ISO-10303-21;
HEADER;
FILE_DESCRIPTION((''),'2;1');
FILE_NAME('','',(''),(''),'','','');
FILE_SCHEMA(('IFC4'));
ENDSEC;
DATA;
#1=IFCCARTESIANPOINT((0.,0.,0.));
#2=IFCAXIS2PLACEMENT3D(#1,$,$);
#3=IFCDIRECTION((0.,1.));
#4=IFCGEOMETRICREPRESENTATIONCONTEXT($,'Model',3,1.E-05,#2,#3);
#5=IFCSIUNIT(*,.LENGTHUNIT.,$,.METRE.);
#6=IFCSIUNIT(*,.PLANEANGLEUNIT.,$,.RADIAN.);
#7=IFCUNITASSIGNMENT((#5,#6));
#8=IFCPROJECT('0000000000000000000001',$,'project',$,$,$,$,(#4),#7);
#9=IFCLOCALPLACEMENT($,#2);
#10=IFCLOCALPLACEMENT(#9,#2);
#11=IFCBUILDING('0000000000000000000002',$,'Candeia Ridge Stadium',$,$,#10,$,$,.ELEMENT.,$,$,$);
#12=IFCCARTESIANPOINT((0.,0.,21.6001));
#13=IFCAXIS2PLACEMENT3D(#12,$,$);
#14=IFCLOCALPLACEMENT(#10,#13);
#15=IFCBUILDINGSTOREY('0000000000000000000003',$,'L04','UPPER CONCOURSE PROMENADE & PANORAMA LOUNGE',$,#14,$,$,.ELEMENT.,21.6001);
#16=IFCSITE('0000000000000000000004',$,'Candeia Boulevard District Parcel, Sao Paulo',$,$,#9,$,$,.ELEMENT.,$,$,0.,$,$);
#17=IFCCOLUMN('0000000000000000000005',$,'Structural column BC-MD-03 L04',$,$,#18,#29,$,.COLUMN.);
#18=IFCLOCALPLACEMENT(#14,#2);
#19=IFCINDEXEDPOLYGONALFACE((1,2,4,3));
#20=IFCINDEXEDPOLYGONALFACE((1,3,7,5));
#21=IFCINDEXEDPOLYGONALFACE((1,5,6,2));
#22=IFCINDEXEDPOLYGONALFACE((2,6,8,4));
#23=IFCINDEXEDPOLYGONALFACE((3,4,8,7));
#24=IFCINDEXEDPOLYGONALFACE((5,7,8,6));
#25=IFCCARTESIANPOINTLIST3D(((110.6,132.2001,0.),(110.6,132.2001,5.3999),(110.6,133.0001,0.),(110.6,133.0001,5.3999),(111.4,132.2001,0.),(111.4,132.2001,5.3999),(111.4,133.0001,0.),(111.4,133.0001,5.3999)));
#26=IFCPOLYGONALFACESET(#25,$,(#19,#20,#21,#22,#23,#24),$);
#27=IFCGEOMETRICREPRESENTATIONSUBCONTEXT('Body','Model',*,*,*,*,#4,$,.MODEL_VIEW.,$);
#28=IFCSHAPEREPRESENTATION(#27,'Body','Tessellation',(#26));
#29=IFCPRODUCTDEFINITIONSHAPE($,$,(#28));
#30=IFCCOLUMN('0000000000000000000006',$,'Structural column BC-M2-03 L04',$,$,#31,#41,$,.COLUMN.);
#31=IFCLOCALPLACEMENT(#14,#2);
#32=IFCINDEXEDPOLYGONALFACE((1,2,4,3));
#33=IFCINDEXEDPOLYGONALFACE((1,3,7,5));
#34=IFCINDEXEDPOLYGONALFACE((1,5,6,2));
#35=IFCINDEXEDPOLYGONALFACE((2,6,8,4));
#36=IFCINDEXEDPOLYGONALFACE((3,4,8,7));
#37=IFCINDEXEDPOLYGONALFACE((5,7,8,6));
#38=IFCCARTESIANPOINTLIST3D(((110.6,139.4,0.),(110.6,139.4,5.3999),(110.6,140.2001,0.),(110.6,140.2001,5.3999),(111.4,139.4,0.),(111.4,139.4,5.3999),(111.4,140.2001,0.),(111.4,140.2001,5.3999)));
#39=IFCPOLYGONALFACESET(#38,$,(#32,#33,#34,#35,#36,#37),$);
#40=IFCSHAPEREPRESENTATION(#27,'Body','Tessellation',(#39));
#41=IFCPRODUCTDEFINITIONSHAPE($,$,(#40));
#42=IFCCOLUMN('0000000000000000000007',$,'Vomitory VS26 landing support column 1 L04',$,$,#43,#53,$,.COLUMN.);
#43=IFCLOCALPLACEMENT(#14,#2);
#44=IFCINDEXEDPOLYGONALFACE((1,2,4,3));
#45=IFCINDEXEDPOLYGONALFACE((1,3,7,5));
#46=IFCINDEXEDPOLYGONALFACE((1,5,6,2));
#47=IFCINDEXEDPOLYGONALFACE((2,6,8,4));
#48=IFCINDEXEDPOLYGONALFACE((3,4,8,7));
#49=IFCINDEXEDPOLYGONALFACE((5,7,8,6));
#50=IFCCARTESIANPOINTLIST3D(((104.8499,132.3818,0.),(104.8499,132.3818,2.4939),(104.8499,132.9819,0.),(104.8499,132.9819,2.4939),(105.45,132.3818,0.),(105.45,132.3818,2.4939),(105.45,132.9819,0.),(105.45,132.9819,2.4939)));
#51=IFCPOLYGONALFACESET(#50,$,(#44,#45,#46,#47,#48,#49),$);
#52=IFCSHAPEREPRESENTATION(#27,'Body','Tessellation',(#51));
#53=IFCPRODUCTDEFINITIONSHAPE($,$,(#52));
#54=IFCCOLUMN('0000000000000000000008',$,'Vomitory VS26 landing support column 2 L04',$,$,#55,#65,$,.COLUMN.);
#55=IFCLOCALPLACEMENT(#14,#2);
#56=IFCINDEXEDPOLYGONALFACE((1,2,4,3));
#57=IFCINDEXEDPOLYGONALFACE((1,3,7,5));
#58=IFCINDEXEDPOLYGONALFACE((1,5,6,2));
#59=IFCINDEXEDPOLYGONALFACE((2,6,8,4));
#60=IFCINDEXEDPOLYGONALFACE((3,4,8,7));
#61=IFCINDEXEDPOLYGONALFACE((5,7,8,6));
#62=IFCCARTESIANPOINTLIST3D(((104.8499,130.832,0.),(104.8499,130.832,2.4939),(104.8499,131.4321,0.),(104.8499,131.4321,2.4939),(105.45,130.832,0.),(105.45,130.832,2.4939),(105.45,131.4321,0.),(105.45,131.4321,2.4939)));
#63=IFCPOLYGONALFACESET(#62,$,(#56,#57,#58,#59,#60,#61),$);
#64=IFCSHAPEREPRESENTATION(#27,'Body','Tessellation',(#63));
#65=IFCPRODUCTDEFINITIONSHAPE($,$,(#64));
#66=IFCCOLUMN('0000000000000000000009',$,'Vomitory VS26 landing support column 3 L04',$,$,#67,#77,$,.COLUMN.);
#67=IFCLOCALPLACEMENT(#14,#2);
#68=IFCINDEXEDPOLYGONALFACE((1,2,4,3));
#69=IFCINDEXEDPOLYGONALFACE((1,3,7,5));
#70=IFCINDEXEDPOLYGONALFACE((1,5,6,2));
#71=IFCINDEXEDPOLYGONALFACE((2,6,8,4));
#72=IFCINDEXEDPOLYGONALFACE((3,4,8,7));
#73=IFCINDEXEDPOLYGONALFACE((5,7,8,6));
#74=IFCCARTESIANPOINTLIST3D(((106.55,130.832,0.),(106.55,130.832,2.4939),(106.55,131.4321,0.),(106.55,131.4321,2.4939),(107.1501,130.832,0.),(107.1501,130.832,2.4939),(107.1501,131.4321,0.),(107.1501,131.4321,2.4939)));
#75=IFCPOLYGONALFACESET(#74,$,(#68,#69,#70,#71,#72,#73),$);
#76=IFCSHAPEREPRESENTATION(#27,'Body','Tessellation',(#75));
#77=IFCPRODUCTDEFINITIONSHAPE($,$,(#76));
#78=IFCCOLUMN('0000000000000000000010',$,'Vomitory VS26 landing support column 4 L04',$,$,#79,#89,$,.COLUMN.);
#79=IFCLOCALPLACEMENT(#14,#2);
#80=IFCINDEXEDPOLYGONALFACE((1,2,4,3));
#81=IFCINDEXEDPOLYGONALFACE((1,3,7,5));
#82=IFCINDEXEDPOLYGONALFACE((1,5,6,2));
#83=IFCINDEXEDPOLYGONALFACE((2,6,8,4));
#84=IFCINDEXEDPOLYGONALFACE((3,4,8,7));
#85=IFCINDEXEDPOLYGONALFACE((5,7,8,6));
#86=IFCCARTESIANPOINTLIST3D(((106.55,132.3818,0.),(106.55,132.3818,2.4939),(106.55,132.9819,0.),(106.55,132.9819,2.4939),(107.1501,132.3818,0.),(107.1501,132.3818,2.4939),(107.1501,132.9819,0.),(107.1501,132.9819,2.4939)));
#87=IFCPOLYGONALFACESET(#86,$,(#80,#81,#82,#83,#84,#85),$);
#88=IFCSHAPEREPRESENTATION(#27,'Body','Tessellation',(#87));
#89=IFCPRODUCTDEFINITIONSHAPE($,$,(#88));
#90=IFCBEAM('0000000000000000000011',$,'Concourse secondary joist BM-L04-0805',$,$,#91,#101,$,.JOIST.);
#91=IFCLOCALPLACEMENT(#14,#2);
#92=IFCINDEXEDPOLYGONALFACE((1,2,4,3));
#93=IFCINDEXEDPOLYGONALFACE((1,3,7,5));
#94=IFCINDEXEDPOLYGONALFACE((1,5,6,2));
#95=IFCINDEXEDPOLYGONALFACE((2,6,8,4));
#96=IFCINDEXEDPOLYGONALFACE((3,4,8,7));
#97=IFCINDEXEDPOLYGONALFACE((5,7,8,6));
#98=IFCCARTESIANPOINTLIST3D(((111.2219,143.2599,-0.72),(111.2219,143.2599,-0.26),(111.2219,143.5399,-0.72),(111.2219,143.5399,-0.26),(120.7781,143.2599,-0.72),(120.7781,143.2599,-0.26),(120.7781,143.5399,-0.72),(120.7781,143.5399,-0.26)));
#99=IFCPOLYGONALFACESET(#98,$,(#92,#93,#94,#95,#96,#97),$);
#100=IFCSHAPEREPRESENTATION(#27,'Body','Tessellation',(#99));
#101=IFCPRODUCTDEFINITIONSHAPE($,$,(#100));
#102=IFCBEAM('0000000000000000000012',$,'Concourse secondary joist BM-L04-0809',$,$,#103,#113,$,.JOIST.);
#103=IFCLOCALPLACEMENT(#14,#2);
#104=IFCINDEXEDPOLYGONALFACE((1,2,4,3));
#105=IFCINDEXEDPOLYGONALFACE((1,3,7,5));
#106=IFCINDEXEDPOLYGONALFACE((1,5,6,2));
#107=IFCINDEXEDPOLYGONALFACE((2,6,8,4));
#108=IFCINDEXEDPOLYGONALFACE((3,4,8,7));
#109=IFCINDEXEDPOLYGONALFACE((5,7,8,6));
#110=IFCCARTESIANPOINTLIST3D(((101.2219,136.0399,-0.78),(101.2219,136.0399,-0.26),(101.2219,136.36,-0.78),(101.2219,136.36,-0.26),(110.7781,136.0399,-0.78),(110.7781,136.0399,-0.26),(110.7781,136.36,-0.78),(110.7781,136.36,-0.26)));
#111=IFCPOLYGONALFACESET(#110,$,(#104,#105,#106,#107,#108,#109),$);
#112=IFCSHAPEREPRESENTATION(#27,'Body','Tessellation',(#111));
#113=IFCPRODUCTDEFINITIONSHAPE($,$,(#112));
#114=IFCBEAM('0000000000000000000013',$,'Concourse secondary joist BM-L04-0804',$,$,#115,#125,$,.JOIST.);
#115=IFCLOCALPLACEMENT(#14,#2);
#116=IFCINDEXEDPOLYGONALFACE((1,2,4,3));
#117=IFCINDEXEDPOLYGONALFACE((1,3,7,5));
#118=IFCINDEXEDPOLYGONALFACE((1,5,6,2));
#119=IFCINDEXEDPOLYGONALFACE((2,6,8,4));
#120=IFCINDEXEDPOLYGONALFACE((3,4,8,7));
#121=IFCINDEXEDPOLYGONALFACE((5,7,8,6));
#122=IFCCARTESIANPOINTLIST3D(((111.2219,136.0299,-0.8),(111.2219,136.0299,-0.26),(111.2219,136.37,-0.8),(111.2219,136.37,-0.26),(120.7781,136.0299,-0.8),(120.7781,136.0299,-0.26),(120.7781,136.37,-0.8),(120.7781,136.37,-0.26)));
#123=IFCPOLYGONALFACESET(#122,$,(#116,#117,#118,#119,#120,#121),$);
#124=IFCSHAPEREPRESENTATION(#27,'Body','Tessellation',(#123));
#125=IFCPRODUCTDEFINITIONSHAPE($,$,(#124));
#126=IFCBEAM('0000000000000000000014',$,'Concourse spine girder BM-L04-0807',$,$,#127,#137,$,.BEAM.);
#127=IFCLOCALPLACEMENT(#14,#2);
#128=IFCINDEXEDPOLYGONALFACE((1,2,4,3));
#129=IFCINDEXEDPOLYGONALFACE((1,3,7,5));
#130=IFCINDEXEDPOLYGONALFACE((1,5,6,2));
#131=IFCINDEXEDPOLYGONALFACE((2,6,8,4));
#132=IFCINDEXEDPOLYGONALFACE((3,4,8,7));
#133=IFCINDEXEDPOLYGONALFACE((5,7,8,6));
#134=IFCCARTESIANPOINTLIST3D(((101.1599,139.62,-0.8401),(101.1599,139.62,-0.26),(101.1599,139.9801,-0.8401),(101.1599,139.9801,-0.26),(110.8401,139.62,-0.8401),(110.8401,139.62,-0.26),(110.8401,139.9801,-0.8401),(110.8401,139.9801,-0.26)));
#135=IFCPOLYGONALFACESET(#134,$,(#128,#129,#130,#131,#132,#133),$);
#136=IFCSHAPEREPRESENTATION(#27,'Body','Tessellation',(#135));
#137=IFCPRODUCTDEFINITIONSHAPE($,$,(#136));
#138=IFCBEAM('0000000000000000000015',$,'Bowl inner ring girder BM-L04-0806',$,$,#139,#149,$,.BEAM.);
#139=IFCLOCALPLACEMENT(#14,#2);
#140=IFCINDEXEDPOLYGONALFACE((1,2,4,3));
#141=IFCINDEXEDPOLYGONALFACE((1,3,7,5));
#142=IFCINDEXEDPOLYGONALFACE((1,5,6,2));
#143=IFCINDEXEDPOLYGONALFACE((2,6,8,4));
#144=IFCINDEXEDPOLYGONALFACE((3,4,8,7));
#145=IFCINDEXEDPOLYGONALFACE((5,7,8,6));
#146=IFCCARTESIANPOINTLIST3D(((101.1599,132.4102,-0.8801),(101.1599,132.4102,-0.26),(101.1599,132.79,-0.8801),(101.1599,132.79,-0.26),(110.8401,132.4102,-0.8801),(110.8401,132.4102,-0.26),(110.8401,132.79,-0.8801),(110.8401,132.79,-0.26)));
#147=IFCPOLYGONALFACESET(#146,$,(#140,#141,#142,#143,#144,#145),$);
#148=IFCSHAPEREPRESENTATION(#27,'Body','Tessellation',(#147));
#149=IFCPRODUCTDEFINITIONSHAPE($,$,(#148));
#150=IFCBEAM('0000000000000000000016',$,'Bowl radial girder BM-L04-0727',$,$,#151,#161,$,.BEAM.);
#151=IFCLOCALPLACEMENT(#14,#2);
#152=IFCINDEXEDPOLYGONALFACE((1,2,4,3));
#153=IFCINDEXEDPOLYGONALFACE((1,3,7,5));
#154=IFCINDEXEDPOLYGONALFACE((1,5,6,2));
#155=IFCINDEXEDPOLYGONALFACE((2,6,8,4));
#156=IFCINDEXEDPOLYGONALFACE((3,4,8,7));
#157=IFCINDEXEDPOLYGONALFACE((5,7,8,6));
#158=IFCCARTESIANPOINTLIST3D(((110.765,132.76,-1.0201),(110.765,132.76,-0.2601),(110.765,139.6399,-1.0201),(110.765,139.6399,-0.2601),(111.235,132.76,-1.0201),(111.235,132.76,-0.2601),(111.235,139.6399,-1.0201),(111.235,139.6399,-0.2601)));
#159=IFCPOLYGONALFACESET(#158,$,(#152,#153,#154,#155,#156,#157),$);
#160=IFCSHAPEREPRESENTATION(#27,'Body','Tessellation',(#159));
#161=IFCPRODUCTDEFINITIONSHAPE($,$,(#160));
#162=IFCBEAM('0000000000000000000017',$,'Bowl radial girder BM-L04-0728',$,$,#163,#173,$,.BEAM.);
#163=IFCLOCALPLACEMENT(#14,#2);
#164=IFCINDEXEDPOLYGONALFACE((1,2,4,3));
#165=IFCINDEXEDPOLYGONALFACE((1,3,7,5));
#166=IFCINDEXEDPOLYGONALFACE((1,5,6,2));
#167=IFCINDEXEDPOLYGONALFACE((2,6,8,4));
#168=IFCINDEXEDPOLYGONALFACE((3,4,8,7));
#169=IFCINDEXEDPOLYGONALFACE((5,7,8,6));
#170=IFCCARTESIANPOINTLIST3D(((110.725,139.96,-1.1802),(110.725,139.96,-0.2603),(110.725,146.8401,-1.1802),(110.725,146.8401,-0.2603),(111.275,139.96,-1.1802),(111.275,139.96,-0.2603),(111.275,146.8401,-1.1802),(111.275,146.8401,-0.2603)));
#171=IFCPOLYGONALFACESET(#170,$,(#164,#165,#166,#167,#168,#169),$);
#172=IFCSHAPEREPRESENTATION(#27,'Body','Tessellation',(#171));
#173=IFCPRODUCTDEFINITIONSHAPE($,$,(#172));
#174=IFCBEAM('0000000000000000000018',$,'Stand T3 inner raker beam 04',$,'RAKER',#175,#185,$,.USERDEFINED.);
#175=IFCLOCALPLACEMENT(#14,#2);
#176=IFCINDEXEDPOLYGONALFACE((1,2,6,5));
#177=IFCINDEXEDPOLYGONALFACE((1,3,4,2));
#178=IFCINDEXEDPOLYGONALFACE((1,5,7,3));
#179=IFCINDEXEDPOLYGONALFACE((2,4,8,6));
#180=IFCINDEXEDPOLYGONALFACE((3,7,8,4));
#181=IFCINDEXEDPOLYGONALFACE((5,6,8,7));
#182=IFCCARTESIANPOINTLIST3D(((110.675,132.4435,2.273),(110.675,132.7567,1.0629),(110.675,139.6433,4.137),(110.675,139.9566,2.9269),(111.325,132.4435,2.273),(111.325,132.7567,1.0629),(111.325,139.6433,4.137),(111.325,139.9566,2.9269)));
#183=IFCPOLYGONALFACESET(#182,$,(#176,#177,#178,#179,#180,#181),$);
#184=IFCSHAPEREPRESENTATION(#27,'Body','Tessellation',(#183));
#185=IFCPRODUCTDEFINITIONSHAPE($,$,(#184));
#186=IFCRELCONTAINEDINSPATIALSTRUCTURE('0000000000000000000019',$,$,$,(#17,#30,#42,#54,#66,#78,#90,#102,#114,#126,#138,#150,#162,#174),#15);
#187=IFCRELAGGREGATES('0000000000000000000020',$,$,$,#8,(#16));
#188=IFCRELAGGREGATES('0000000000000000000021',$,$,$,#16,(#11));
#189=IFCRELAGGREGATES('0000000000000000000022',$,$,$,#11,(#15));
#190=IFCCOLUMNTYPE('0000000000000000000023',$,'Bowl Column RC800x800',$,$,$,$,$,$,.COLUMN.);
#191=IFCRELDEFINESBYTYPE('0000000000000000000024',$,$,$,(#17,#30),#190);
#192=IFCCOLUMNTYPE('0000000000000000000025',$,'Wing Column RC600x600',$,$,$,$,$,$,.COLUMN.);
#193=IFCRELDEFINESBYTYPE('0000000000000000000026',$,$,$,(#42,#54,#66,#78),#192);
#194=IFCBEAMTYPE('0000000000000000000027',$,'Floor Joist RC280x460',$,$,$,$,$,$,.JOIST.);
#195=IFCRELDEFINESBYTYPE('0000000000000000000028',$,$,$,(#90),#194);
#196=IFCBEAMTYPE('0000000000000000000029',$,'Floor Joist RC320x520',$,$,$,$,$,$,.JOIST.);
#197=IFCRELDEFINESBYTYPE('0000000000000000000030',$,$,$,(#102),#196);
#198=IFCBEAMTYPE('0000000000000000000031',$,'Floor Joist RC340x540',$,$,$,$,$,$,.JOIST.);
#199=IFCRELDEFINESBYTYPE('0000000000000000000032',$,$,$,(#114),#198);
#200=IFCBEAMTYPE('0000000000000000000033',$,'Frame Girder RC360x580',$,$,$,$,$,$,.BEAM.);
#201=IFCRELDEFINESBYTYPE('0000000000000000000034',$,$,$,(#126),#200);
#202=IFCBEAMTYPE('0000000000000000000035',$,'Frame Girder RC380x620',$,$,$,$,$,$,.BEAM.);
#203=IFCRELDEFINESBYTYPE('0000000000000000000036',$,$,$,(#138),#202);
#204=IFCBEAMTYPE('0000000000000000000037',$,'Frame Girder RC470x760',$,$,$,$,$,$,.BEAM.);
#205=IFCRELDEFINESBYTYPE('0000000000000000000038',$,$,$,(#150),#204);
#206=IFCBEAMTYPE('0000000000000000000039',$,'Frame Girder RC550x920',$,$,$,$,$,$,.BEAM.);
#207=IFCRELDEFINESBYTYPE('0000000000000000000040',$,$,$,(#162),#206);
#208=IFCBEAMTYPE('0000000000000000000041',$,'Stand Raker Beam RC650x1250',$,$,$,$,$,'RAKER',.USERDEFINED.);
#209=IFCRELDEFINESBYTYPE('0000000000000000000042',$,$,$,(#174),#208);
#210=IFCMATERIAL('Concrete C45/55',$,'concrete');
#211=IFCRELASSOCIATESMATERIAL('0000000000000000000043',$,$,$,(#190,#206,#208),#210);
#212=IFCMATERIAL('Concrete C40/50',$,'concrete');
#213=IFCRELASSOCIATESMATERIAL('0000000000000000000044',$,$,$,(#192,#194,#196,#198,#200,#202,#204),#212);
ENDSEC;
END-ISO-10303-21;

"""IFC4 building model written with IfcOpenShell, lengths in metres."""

from ifc_helpers import new_model, si_unit, direction, frame, origin, origin_2d, place, context, subcontext, project, spatial, rectangle, extrude, material, material_profile, profile_set, type_object, element, save


model = new_model("IFC4")

# Units and contexts
model_context = context("Model", 3, precision=1e-05, world=origin(), true_north=direction((0.0, 1.0)))
body_context = subcontext(model_context, "Body", "Model", "MODEL_VIEW")
ifc_project = project(units=[si_unit("LENGTHUNIT", "METRE"), si_unit("PLANEANGLEUNIT", "RADIAN")], contexts=[model_context])

# Site, building, storey
site_placement = place(None, origin())
site = spatial("IfcSite", under=ifc_project, at=site_placement, Name="Candeia Boulevard District Parcel, Sao Paulo", CompositionType="ELEMENT", RefElevation=0.0)
building_placement = place(site_placement, origin())
building = spatial("IfcBuilding", under=site, at=building_placement, Name="Candeia Ridge Stadium", CompositionType="ELEMENT")
storey_placement = place(building_placement, frame((0.0, 0.0, 21.6001)))
storey = spatial("IfcBuildingStorey", under=building, at=storey_placement, Name="L04", Description="UPPER CONCOURSE PROMENADE & PANORAMA LOUNGE", CompositionType="ELEMENT", Elevation=21.6001)

# Columns
ifc_material_1 = material(Name="Concrete C45/55", Category="concrete")
ifc_material_profile_1 = material_profile(ifc_material_1, rectangle(XDim=0.8, YDim=0.8, at=origin_2d()), Name="RC800x800", Category="concrete")
ifc_profile_set_1 = profile_set([ifc_material_profile_1], Name="Concrete C45/55")
column_type_1 = type_object("IfcColumnType", Name="Bowl Column RC800x800", PredefinedType="COLUMN", material=ifc_profile_set_1)
for number, where, z_axis, x_axis, name in (
    (1, (111.0, 132.6001, 0.0), (0.0, 0.0, 1.0), (1.0, 0.0, 0.0), "Structural column BC-MD-03 L04"),
    (2, (111.0, 139.8, 0.0), (0.0, 0.0, 1.0), (1.0, 0.0, 0.0), "Structural column BC-M2-03 L04"),
):
    element("IfcColumn", number, at=place(storey_placement, frame(where, z_axis=z_axis, x_axis=x_axis)), inside=storey, type_object=column_type_1, Name=name, PredefinedType="COLUMN", context=body_context, shape_type="SweptSolid", body=[
        extrude(rectangle(XDim=0.8, YDim=0.8, at=origin_2d()), origin(), (0.0, 0.0, 1.0), 5.3999),
    ])
ifc_material_2 = material(Name="Concrete C40/50", Category="concrete")
ifc_material_profile_2 = material_profile(ifc_material_2, rectangle(XDim=0.6001, YDim=0.6001, at=origin_2d()), Name="RC600x600", Category="concrete")
ifc_profile_set_2 = profile_set([ifc_material_profile_2], Name="Concrete C40/50")
column_type_2 = type_object("IfcColumnType", Name="Wing Column RC600x600", PredefinedType="COLUMN", material=ifc_profile_set_2)
for number, where, z_axis, x_axis, name in (
    (3, (105.1499, 132.6819, 0.0), (0.0, 0.0, 1.0), (1.0, 0.0, 0.0), "Vomitory VS26 landing support column 1 L04"),
    (4, (105.1499, 131.1321, 0.0), (0.0, 0.0, 1.0), (1.0, 0.0, 0.0), "Vomitory VS26 landing support column 2 L04"),
    (5, (106.8501, 131.1321, 0.0), (0.0, 0.0, 1.0), (1.0, 0.0, 0.0), "Vomitory VS26 landing support column 3 L04"),
    (6, (106.8501, 132.6819, 0.0), (0.0, 0.0, 1.0), (1.0, 0.0, 0.0), "Vomitory VS26 landing support column 4 L04"),
):
    element("IfcColumn", number, at=place(storey_placement, frame(where, z_axis=z_axis, x_axis=x_axis)), inside=storey, type_object=column_type_2, Name=name, PredefinedType="COLUMN", context=body_context, shape_type="SweptSolid", body=[
        extrude(rectangle(XDim=0.6001, YDim=0.6001, at=origin_2d()), origin(), (0.0, 0.0, 1.0), 2.4939),
    ])

# Beams
ifc_material_profile_3 = material_profile(ifc_material_2, rectangle(XDim=0.28, YDim=0.46, at=origin_2d()), Name="RC280x460", Category="concrete")
ifc_profile_set_3 = profile_set([ifc_material_profile_3], Name="Concrete C40/50")
beam_type_1 = type_object("IfcBeamType", Name="Floor Joist RC280x460", PredefinedType="JOIST", material=ifc_profile_set_3)
beam_1_placement = place(storey_placement, frame((120.7781, 143.3999, -0.49), z_axis=(-1.0, 0.0, 0.0), x_axis=(0.0, -1.0, 0.0)))
element("IfcBeam", 7, at=beam_1_placement, inside=storey, type_object=beam_type_1, Name="Concourse secondary joist BM-L04-0805", PredefinedType="JOIST", context=body_context, shape_type="SweptSolid", body=[
    extrude(rectangle(XDim=0.28, YDim=0.46, at=origin_2d()), origin(), (0.0, 0.0, 1.0), 9.5562),
])
ifc_material_profile_4 = material_profile(ifc_material_2, rectangle(XDim=0.3201, YDim=0.52, at=origin_2d()), Name="RC320x520", Category="concrete")
ifc_profile_set_4 = profile_set([ifc_material_profile_4], Name="Concrete C40/50")
beam_type_2 = type_object("IfcBeamType", Name="Floor Joist RC320x520", PredefinedType="JOIST", material=ifc_profile_set_4)
beam_2_placement = place(storey_placement, frame((110.7781, 136.2, -0.52), z_axis=(-1.0, 0.0, 0.0), x_axis=(0.0, -1.0, 0.0)))
element("IfcBeam", 8, at=beam_2_placement, inside=storey, type_object=beam_type_2, Name="Concourse secondary joist BM-L04-0809", PredefinedType="JOIST", context=body_context, shape_type="SweptSolid", body=[
    extrude(rectangle(XDim=0.3201, YDim=0.52, at=origin_2d()), origin(), (0.0, 0.0, 1.0), 9.5562),
])
ifc_material_profile_5 = material_profile(ifc_material_2, rectangle(XDim=0.3401, YDim=0.54, at=origin_2d()), Name="RC340x540", Category="concrete")
ifc_profile_set_5 = profile_set([ifc_material_profile_5], Name="Concrete C40/50")
beam_type_3 = type_object("IfcBeamType", Name="Floor Joist RC340x540", PredefinedType="JOIST", material=ifc_profile_set_5)
beam_3_placement = place(storey_placement, frame((120.7781, 136.2, -0.53), z_axis=(-1.0, 0.0, 0.0), x_axis=(0.0, -1.0, 0.0)))
element("IfcBeam", 9, at=beam_3_placement, inside=storey, type_object=beam_type_3, Name="Concourse secondary joist BM-L04-0804", PredefinedType="JOIST", context=body_context, shape_type="SweptSolid", body=[
    extrude(rectangle(XDim=0.3401, YDim=0.54, at=origin_2d()), origin(), (0.0, 0.0, 1.0), 9.5562),
])
ifc_material_profile_6 = material_profile(ifc_material_2, rectangle(XDim=0.3601, YDim=0.5801, at=origin_2d()), Name="RC360x580", Category="concrete")
ifc_profile_set_6 = profile_set([ifc_material_profile_6], Name="Concrete C40/50")
beam_type_4 = type_object("IfcBeamType", Name="Frame Girder RC360x580", PredefinedType="BEAM", material=ifc_profile_set_6)
beam_4_placement = place(storey_placement, frame((110.8401, 139.8, -0.55), z_axis=(-1.0, 0.0, 0.0), x_axis=(0.0, -1.0, 0.0)))
element("IfcBeam", 10, at=beam_4_placement, inside=storey, type_object=beam_type_4, Name="Concourse spine girder BM-L04-0807", PredefinedType="BEAM", context=body_context, shape_type="SweptSolid", body=[
    extrude(rectangle(XDim=0.3601, YDim=0.5801, at=origin_2d()), origin(), (0.0, 0.0, 1.0), 9.6802),
])
ifc_material_profile_7 = material_profile(ifc_material_2, rectangle(XDim=0.3799, YDim=0.6201, at=origin_2d()), Name="RC380x620", Category="concrete")
ifc_profile_set_7 = profile_set([ifc_material_profile_7], Name="Concrete C40/50")
beam_type_5 = type_object("IfcBeamType", Name="Frame Girder RC380x620", PredefinedType="BEAM", material=ifc_profile_set_7)
beam_5_placement = place(storey_placement, frame((110.8401, 132.6001, -0.5701), z_axis=(-1.0, 0.0, 0.0), x_axis=(0.0, -1.0, 0.0)))
element("IfcBeam", 11, at=beam_5_placement, inside=storey, type_object=beam_type_5, Name="Bowl inner ring girder BM-L04-0806", PredefinedType="BEAM", context=body_context, shape_type="SweptSolid", body=[
    extrude(rectangle(XDim=0.3799, YDim=0.6201, at=origin_2d()), origin(), (0.0, 0.0, 1.0), 9.6802),
])
ifc_material_profile_8 = material_profile(ifc_material_2, rectangle(XDim=0.47, YDim=0.76, at=origin_2d()), Name="RC470x760", Category="concrete")
ifc_profile_set_8 = profile_set([ifc_material_profile_8], Name="Concrete C40/50")
beam_type_6 = type_object("IfcBeamType", Name="Frame Girder RC470x760", PredefinedType="BEAM", material=ifc_profile_set_8)
beam_6_placement = place(storey_placement, frame((111.0, 132.76, -0.6401), z_axis=(0.0, 1.0, 0.0), x_axis=(-1.0, 0.0, 0.0)))
element("IfcBeam", 12, at=beam_6_placement, inside=storey, type_object=beam_type_6, Name="Bowl radial girder BM-L04-0727", PredefinedType="BEAM", context=body_context, shape_type="SweptSolid", body=[
    extrude(rectangle(XDim=0.47, YDim=0.76, at=origin_2d()), origin(), (0.0, 0.0, 1.0), 6.8799),
])
ifc_material_profile_9 = material_profile(ifc_material_1, rectangle(XDim=0.55, YDim=0.9199, at=origin_2d()), Name="RC550x920", Category="concrete")
ifc_profile_set_9 = profile_set([ifc_material_profile_9], Name="Concrete C45/55")
beam_type_7 = type_object("IfcBeamType", Name="Frame Girder RC550x920", PredefinedType="BEAM", material=ifc_profile_set_9)
beam_7_placement = place(storey_placement, frame((111.0, 139.96, -0.7202), z_axis=(0.0, 1.0, 0.0), x_axis=(-1.0, 0.0, 0.0)))
element("IfcBeam", 13, at=beam_7_placement, inside=storey, type_object=beam_type_7, Name="Bowl radial girder BM-L04-0728", PredefinedType="BEAM", context=body_context, shape_type="SweptSolid", body=[
    extrude(rectangle(XDim=0.55, YDim=0.9199, at=origin_2d()), origin(), (0.0, 0.0, 1.0), 6.8801),
])
ifc_material_profile_10 = material_profile(ifc_material_1, rectangle(XDim=0.6499, YDim=1.25, at=origin_2d()), Name="RC650x1250", Category="concrete")
ifc_profile_set_10 = profile_set([ifc_material_profile_10], Name="Concrete C45/55")
beam_type_8 = type_object("IfcBeamType", Name="Stand Raker Beam RC650x1250", ElementType="RAKER", PredefinedType="USERDEFINED", material=ifc_profile_set_10)
beam_8_placement = place(storey_placement, frame((111.0, 132.6001, 1.668), z_axis=(0.0, 0.968083, 0.250629), x_axis=(-1.0, 0.0, 0.0)))
element("IfcBeam", 14, at=beam_8_placement, inside=storey, type_object=beam_type_8, Name="Stand T3 inner raker beam 04", ObjectType="RAKER", PredefinedType="USERDEFINED", context=body_context, shape_type="SweptSolid", body=[
    extrude(rectangle(XDim=0.6499, YDim=1.25, at=origin_2d()), origin(), (0.0, 0.0, 1.0), 7.4373),
])

save(model, "model.ifc")
